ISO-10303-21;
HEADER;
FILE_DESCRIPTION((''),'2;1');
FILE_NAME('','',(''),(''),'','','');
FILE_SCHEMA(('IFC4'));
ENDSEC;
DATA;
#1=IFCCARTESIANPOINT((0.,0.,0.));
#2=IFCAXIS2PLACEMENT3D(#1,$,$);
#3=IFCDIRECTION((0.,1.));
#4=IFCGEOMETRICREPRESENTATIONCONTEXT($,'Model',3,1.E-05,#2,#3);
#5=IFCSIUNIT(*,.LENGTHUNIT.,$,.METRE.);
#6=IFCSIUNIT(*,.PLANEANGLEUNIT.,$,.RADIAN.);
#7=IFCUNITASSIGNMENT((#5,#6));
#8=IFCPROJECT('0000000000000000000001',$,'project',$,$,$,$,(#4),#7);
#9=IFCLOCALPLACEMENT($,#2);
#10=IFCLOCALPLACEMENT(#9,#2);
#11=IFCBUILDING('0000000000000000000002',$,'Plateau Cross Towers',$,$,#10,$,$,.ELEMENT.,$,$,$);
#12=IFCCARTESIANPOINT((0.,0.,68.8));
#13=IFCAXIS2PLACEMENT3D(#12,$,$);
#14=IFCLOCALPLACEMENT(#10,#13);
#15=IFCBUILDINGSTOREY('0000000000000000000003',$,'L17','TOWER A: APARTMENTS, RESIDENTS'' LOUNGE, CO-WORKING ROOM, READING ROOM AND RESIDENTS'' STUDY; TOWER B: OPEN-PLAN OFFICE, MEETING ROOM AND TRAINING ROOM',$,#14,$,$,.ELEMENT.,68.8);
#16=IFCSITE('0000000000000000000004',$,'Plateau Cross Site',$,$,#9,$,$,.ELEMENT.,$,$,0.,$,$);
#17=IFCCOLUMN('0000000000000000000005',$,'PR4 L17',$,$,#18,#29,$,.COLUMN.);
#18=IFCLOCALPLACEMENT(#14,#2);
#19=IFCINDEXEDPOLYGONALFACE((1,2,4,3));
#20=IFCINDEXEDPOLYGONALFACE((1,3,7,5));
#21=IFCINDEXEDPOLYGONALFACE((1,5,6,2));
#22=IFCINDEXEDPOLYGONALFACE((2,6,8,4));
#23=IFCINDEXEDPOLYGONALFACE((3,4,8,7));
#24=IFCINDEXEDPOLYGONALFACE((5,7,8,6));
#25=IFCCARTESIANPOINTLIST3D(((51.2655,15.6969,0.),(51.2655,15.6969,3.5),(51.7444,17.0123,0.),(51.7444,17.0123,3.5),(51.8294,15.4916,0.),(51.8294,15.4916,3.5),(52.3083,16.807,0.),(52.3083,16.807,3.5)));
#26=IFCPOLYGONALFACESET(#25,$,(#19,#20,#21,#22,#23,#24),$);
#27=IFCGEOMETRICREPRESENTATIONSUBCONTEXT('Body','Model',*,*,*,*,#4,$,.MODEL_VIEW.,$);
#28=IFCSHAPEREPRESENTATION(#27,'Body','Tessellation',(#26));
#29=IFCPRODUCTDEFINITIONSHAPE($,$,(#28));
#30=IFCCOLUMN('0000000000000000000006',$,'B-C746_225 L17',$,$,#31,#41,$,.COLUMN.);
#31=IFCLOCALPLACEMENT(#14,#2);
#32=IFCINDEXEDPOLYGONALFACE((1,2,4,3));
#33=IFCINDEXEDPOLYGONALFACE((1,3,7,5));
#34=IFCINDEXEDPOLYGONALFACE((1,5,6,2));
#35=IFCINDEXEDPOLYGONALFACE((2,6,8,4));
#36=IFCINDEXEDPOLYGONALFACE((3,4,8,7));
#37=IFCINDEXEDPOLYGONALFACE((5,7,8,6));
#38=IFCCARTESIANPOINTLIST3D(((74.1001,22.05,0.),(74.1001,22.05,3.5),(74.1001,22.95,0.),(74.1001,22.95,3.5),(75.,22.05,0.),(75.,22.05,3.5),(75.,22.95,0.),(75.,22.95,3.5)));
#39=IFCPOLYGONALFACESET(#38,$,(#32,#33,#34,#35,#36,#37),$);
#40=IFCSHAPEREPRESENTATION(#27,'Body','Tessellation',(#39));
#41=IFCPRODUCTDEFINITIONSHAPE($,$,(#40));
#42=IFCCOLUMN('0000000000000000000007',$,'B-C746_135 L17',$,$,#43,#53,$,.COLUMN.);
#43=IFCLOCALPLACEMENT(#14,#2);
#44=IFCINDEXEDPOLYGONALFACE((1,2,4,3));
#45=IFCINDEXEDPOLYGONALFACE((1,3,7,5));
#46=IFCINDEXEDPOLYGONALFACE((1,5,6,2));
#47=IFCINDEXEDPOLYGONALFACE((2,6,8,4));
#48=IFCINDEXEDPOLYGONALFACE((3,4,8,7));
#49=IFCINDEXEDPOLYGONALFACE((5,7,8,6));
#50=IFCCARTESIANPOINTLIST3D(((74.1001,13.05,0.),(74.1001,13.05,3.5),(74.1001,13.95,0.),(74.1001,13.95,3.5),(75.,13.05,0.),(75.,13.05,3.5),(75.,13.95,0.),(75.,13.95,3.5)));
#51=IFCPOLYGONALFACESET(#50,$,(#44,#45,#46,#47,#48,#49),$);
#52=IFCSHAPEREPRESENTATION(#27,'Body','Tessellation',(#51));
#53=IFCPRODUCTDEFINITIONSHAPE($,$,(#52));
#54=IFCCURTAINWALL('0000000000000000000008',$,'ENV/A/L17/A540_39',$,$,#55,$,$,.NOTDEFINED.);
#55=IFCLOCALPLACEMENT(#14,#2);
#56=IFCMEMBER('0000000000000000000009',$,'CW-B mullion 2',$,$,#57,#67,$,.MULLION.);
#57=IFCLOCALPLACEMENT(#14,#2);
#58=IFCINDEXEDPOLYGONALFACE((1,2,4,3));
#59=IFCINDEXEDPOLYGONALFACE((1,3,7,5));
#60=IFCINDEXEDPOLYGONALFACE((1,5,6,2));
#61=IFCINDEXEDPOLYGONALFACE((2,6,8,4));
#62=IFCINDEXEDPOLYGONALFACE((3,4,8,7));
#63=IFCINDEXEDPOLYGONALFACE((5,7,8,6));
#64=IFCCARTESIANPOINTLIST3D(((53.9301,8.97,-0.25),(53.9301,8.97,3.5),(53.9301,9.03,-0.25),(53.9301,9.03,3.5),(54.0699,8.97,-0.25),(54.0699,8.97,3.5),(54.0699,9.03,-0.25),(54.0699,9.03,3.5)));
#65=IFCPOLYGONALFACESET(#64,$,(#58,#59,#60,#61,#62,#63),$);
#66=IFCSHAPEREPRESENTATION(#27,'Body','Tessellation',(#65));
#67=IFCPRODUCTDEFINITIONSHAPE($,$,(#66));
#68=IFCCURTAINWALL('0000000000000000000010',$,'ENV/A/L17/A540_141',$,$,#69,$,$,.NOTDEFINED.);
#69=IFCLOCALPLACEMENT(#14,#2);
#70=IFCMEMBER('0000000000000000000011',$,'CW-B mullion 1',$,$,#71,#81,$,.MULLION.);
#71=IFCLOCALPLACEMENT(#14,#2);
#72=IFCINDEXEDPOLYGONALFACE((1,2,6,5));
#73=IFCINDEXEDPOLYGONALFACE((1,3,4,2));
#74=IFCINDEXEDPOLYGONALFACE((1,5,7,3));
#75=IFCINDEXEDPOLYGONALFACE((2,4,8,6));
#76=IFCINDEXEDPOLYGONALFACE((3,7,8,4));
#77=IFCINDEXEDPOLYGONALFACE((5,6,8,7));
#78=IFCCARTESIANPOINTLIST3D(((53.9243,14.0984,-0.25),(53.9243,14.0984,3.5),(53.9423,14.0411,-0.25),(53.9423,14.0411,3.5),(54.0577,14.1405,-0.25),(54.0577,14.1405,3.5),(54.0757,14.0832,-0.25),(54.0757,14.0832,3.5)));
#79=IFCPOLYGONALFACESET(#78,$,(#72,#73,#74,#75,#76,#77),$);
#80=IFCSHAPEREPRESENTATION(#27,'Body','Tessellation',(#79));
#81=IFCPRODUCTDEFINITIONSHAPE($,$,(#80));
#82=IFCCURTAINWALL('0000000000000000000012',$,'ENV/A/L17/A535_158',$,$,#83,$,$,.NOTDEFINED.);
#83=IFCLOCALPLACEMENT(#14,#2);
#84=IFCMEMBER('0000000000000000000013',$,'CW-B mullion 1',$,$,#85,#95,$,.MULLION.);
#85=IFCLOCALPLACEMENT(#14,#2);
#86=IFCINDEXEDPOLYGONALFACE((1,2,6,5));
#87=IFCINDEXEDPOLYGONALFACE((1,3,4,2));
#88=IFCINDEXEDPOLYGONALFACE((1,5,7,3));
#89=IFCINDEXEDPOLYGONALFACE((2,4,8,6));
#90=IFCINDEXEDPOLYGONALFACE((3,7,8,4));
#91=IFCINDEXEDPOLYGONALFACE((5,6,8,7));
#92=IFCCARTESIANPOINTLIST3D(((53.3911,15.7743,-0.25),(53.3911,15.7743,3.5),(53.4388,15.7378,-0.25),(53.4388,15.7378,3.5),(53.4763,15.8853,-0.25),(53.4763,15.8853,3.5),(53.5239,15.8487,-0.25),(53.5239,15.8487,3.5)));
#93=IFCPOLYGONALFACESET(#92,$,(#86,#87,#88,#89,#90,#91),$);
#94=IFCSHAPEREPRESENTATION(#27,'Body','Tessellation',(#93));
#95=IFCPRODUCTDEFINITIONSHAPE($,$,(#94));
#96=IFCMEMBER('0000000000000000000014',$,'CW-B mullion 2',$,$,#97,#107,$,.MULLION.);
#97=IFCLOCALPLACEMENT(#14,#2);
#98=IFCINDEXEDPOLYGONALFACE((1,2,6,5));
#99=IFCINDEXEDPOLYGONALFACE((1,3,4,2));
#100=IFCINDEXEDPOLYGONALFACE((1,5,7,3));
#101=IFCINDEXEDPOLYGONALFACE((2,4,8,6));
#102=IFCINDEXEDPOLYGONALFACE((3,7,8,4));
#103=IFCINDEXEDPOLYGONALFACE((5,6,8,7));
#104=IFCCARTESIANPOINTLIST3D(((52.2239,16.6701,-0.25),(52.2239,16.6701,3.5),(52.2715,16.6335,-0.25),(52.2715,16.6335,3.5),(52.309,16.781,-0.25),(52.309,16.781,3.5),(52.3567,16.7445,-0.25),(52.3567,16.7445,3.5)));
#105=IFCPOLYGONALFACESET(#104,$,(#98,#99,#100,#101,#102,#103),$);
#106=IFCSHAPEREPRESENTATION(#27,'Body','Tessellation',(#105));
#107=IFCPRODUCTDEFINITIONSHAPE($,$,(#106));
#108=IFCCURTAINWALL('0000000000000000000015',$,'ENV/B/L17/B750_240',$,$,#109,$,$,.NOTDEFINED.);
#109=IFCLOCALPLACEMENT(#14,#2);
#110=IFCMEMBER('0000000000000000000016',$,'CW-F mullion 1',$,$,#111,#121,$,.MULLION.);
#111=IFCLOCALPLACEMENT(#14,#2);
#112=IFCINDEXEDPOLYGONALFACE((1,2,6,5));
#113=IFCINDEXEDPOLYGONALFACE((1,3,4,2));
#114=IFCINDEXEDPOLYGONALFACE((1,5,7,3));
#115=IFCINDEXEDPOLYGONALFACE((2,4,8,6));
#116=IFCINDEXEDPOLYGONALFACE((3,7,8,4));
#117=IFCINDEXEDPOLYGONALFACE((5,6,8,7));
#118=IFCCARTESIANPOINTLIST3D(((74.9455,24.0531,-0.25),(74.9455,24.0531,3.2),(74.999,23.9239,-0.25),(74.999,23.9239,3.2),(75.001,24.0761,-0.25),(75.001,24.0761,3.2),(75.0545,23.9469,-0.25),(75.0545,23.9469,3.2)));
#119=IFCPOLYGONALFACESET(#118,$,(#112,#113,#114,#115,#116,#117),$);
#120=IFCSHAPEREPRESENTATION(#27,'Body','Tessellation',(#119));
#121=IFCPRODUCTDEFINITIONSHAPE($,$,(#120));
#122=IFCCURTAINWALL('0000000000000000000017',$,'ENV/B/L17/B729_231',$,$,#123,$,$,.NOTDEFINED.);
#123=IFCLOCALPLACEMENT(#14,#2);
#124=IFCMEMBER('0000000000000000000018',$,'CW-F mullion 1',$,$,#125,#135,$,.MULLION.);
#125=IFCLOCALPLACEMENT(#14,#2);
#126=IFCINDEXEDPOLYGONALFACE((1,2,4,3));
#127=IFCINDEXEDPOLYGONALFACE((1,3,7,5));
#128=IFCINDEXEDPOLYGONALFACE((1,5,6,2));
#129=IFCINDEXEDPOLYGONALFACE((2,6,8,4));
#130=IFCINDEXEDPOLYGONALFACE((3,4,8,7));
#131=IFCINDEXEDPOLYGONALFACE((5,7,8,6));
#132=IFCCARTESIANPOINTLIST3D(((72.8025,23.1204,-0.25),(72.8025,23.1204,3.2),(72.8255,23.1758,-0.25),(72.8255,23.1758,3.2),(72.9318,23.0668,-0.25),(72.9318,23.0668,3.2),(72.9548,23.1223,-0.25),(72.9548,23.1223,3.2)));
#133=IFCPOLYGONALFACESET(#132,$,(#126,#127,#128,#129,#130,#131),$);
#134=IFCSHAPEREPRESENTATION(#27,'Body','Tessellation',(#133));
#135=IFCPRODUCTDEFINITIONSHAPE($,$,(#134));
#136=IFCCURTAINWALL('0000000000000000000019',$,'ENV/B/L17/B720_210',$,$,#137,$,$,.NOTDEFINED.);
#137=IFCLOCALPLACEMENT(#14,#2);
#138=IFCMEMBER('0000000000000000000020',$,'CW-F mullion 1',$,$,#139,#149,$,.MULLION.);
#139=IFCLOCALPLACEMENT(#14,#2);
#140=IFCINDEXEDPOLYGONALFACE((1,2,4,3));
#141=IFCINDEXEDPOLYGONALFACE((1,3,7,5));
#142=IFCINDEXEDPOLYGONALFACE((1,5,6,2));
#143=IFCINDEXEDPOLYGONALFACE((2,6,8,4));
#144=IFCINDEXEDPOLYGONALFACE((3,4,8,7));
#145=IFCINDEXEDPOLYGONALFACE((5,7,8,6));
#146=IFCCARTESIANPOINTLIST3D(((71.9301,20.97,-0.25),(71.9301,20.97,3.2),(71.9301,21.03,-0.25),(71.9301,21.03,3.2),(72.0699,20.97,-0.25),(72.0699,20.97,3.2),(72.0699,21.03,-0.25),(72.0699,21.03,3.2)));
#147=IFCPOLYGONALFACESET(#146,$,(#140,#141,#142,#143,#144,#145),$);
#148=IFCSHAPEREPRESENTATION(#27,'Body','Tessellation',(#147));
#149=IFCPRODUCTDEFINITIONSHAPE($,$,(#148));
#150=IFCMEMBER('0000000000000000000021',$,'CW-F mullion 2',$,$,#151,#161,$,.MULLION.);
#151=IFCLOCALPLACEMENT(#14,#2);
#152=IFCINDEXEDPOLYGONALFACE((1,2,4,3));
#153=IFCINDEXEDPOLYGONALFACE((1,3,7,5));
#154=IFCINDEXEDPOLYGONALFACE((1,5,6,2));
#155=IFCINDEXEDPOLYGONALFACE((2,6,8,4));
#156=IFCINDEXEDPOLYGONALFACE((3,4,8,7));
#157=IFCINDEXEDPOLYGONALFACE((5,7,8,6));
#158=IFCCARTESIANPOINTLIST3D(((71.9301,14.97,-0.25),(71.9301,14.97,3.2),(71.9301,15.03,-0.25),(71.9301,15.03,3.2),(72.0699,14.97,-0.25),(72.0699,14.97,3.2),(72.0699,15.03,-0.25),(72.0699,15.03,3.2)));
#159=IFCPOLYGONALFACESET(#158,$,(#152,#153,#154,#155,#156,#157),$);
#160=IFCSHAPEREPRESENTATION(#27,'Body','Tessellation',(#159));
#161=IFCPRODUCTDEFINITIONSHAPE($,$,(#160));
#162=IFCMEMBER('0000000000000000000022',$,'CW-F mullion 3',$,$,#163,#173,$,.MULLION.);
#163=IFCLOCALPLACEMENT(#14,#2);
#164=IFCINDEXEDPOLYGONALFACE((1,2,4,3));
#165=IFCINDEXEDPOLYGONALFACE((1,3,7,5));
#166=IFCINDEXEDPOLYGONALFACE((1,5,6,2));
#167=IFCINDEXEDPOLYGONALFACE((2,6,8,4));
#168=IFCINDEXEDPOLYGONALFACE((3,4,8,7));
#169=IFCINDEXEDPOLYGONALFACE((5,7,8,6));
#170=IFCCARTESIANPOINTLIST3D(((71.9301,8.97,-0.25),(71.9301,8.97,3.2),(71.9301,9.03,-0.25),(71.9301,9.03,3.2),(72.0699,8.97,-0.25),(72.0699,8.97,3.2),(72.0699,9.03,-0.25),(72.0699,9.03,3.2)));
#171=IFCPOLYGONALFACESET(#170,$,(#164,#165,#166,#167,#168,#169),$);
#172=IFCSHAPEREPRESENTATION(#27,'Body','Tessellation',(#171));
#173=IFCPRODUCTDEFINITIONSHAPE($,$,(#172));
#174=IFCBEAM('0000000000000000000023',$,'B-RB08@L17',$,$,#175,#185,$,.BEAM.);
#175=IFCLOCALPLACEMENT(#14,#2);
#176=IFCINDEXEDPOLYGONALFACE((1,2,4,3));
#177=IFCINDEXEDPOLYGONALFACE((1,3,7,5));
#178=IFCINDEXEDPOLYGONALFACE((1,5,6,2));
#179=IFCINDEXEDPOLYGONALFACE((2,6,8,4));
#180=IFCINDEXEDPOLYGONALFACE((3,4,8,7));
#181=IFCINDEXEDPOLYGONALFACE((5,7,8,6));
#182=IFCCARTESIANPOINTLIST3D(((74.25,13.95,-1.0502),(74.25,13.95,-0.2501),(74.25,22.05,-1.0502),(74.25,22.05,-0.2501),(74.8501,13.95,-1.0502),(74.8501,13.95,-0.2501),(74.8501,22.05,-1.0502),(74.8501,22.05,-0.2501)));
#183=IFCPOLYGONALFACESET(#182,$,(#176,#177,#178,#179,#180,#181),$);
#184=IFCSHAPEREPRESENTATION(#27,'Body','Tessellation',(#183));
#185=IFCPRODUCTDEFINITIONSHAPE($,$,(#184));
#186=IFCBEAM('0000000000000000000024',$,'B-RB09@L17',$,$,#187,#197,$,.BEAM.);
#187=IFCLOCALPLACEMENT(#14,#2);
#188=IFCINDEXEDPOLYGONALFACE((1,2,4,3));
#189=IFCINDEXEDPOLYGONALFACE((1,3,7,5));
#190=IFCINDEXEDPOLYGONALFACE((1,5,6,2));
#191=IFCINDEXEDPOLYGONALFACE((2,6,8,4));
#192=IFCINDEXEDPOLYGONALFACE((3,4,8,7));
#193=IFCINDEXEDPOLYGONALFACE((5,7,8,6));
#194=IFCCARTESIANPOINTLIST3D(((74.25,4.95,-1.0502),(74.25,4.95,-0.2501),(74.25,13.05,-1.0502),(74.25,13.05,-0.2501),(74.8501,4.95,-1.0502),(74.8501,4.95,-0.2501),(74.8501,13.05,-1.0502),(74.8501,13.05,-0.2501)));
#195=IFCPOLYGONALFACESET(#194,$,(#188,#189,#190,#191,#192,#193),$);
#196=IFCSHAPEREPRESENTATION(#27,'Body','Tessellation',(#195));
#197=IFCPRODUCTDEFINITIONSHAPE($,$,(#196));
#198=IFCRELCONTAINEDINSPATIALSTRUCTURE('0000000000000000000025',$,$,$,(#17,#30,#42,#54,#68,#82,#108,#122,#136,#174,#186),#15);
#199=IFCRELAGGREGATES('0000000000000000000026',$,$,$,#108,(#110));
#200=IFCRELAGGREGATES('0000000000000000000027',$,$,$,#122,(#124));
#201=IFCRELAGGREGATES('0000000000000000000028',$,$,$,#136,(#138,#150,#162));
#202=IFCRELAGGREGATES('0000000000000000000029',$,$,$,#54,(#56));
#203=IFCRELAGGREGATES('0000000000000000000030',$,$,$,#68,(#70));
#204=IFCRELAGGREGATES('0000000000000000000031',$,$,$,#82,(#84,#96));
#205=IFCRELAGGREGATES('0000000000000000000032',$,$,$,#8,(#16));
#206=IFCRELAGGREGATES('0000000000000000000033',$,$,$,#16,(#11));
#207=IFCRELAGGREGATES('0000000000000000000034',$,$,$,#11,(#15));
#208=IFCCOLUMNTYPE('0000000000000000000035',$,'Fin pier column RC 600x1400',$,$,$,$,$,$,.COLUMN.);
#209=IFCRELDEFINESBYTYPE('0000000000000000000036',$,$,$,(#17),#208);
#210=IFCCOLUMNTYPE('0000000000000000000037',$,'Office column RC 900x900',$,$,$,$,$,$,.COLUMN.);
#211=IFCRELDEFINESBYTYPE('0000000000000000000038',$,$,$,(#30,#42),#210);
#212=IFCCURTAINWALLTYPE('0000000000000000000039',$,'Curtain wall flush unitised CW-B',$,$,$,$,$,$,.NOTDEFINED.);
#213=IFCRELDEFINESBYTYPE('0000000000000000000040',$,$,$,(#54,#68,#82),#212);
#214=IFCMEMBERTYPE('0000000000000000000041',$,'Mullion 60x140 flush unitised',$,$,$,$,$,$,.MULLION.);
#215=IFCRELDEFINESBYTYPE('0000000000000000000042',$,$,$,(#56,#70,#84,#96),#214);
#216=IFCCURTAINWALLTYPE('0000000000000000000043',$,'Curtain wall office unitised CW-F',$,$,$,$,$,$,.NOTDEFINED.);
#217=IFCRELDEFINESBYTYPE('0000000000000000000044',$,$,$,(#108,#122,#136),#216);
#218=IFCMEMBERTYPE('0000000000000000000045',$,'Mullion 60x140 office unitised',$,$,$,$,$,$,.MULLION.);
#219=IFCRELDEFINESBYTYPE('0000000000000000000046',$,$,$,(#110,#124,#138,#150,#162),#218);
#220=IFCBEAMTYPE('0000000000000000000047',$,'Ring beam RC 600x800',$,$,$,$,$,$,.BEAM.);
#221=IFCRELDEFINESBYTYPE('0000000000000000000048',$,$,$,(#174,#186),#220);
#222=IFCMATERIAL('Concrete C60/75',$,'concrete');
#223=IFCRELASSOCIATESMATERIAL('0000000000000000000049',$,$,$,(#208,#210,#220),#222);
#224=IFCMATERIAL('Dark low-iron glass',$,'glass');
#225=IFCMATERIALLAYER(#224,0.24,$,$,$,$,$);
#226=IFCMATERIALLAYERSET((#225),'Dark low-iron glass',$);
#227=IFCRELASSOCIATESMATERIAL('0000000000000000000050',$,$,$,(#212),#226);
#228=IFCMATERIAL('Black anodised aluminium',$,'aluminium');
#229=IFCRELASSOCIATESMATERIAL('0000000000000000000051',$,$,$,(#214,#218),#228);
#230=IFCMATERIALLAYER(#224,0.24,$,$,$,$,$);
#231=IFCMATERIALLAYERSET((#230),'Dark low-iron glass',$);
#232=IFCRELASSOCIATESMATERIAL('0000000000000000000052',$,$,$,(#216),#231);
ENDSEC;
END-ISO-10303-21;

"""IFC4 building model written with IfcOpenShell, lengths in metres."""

from ifc_helpers import new_model, si_unit, direction, frame, origin, origin_2d, place, context, subcontext, project, spatial, rectangle, extrude, material, layer, layer_set, material_profile, profile_set, type_object, element, aggregate, save


model = new_model("IFC4")

# Units and contexts
model_context = context("Model", 3, precision=1e-05, world=origin(), true_north=direction((0.0, 1.0)))
body_context = subcontext(model_context, "Body", "Model", "MODEL_VIEW")
ifc_project = project(units=[si_unit("LENGTHUNIT", "METRE"), si_unit("PLANEANGLEUNIT", "RADIAN")], contexts=[model_context])

# Site, building, storey
site_placement = place(None, origin())
site = spatial("IfcSite", under=ifc_project, at=site_placement, Name="Plateau Cross Site", CompositionType="ELEMENT", RefElevation=0.0)
building_placement = place(site_placement, origin())
building = spatial("IfcBuilding", under=site, at=building_placement, Name="Plateau Cross Towers", CompositionType="ELEMENT")
storey_placement = place(building_placement, frame((0.0, 0.0, 68.8)))
storey = spatial("IfcBuildingStorey", under=building, at=storey_placement, Name="L17", Description="TOWER A: APARTMENTS, RESIDENTS' LOUNGE, CO-WORKING ROOM, READING ROOM AND RESIDENTS' STUDY; TOWER B: OPEN-PLAN OFFICE, MEETING ROOM AND TRAINING ROOM", CompositionType="ELEMENT", Elevation=68.8)

# Columns
ifc_material_1 = material(Name="Concrete C60/75", Category="concrete")
ifc_material_profile_1 = material_profile(ifc_material_1, rectangle(XDim=0.6001, YDim=1.3999, at=origin_2d()), Name="RC 600x1400")
ifc_profile_set_1 = profile_set([ifc_material_profile_1], Name="Concrete C60/75")
column_type_1 = type_object("IfcColumnType", Name="Fin pier column RC 600x1400", PredefinedType="COLUMN", material=ifc_profile_set_1)
column_placement = place(storey_placement, frame((51.7869, 16.252, 0.0), z_axis=(0.0, 0.0, 1.0), x_axis=(-0.939664, 0.342098, 0.0)))
element("IfcColumn", 1, at=column_placement, inside=storey, type_object=column_type_1, Name="PR4 L17", PredefinedType="COLUMN", context=body_context, shape_type="SweptSolid", body=[
    extrude(rectangle(XDim=0.6001, YDim=1.3999, at=origin_2d()), origin(), (0.0, 0.0, 1.0), 3.5),
])
ifc_material_profile_2 = material_profile(ifc_material_1, rectangle(XDim=0.8999, YDim=0.8999, at=origin_2d()), Name="RC 900x900")
ifc_profile_set_2 = profile_set([ifc_material_profile_2], Name="Concrete C60/75")
column_type_2 = type_object("IfcColumnType", Name="Office column RC 900x900", PredefinedType="COLUMN", material=ifc_profile_set_2)
for number, where, z_axis, x_axis, name in (
    (2, (74.55, 22.5, 0.0), (0.0, 0.0, 1.0), (1.0, 0.0, 0.0), "B-C746_225 L17"),
    (3, (74.55, 13.5, 0.0), (0.0, 0.0, 1.0), (1.0, 0.0, 0.0), "B-C746_135 L17"),
):
    element("IfcColumn", number, at=place(storey_placement, frame(where, z_axis=z_axis, x_axis=x_axis)), inside=storey, type_object=column_type_2, Name=name, PredefinedType="COLUMN", context=body_context, shape_type="SweptSolid", body=[
        extrude(rectangle(XDim=0.8999, YDim=0.8999, at=origin_2d()), origin(), (0.0, 0.0, 1.0), 3.5),
    ])

# Curtain walls, members
ifc_material_2 = material(Name="Dark low-iron glass", Category="glass")
ifc_layer_1 = layer(ifc_material_2, 0.24)
ifc_layer_set_1 = layer_set([ifc_layer_1], Name="Dark low-iron glass")
curtain_wall_type_1 = type_object("IfcCurtainWallType", Name="Curtain wall flush unitised CW-B", PredefinedType="NOTDEFINED", material=ifc_layer_set_1)
curtain_wall_1_placement = place(storey_placement, origin())
curtain_wall_1 = element("IfcCurtainWall", 4, at=curtain_wall_1_placement, inside=storey, type_object=curtain_wall_type_1, Name="ENV/A/L17/A540_39", PredefinedType="NOTDEFINED")
ifc_material_3 = material(Name="Black anodised aluminium", Category="aluminium")
ifc_material_profile_3 = material_profile(ifc_material_3, rectangle(XDim=0.0601, YDim=0.1399, at=origin_2d()), Name="MULLION 60x140")
ifc_profile_set_3 = profile_set([ifc_material_profile_3], Name="Black anodised aluminium")
member_type_1 = type_object("IfcMemberType", Name="Mullion 60x140 flush unitised", PredefinedType="MULLION", material=ifc_profile_set_3)
member_1_placement = place(storey_placement, frame((54.0, 9.0, -0.25), z_axis=(0.0, 0.0, 1.0), x_axis=(0.0, 1.0, 0.0)))
member_1 = element("IfcMember", 5, at=member_1_placement, type_object=member_type_1, Name="CW-B mullion 2", PredefinedType="MULLION", context=body_context, shape_type="SweptSolid", body=[
    extrude(rectangle(XDim=0.0601, YDim=0.1399, at=origin_2d()), origin(), (0.0, 0.0, 1.0), 3.75),
])
curtain_wall_2_placement = place(storey_placement, origin())
curtain_wall_2 = element("IfcCurtainWall", 6, at=curtain_wall_2_placement, inside=storey, type_object=curtain_wall_type_1, Name="ENV/A/L17/A540_141", PredefinedType="NOTDEFINED")
member_2_placement = place(storey_placement, frame((54.0, 14.0908, -0.25), z_axis=(0.0, 0.0, 1.0), x_axis=(-0.300686, 0.953723, 0.0)))
member_2 = element("IfcMember", 7, at=member_2_placement, type_object=member_type_1, Name="CW-B mullion 1", PredefinedType="MULLION", context=body_context, shape_type="SweptSolid", body=[
    extrude(rectangle(XDim=0.0601, YDim=0.1399, at=origin_2d()), origin(), (0.0, 0.0, 1.0), 3.75),
])

# Curtain wall, members
curtain_wall_3_placement = place(storey_placement, origin())
curtain_wall_3 = element("IfcCurtainWall", 8, at=curtain_wall_3_placement, inside=storey, type_object=curtain_wall_type_1, Name="ENV/A/L17/A535_158", PredefinedType="NOTDEFINED")
member_3_placement = place(storey_placement, frame((53.4575, 15.8115, -0.25), z_axis=(0.0, 0.0, 1.0), x_axis=(-0.793316, 0.608811, 0.0)))
member_3 = element("IfcMember", 9, at=member_3_placement, type_object=member_type_1, Name="CW-B mullion 1", PredefinedType="MULLION", context=body_context, shape_type="SweptSolid", body=[
    extrude(rectangle(XDim=0.0601, YDim=0.1399, at=origin_2d()), origin(), (0.0, 0.0, 1.0), 3.75),
])
member_4_placement = place(storey_placement, frame((52.2903, 16.7073, -0.25), z_axis=(0.0, 0.0, 1.0), x_axis=(-0.793316, 0.608811, 0.0)))
member_4 = element("IfcMember", 10, at=member_4_placement, type_object=member_type_1, Name="CW-B mullion 2", PredefinedType="MULLION", context=body_context, shape_type="SweptSolid", body=[
    extrude(rectangle(XDim=0.0601, YDim=0.1399, at=origin_2d()), origin(), (0.0, 0.0, 1.0), 3.75),
])

# Curtain walls, members
ifc_layer_2 = layer(ifc_material_2, 0.24)
ifc_layer_set_2 = layer_set([ifc_layer_2], Name="Dark low-iron glass")
curtain_wall_type_2 = type_object("IfcCurtainWallType", Name="Curtain wall office unitised CW-F", PredefinedType="NOTDEFINED", material=ifc_layer_set_2)
curtain_wall_4_placement = place(storey_placement, origin())
curtain_wall_4 = element("IfcCurtainWall", 11, at=curtain_wall_4_placement, inside=storey, type_object=curtain_wall_type_2, Name="ENV/B/L17/B750_240", PredefinedType="NOTDEFINED")
ifc_material_profile_4 = material_profile(ifc_material_3, rectangle(XDim=0.0601, YDim=0.1399, at=origin_2d()), Name="MULLION 60x140")
ifc_profile_set_4 = profile_set([ifc_material_profile_4], Name="Black anodised aluminium")
member_type_2 = type_object("IfcMemberType", Name="Mullion 60x140 office unitised", PredefinedType="MULLION", material=ifc_profile_set_4)
member_5_placement = place(storey_placement, frame((75.0, 24.0, -0.25), z_axis=(0.0, 0.0, 1.0), x_axis=(-0.923879, -0.382684, 0.0)))
member_5 = element("IfcMember", 12, at=member_5_placement, type_object=member_type_2, Name="CW-F mullion 1", PredefinedType="MULLION", context=body_context, shape_type="SweptSolid", body=[
    extrude(rectangle(XDim=0.0601, YDim=0.1399, at=origin_2d()), origin(), (0.0, 0.0, 1.0), 3.45),
])
curtain_wall_5_placement = place(storey_placement, origin())
curtain_wall_5 = element("IfcCurtainWall", 13, at=curtain_wall_5_placement, inside=storey, type_object=curtain_wall_type_2, Name="ENV/B/L17/B729_231", PredefinedType="NOTDEFINED")
member_6_placement = place(storey_placement, frame((72.8787, 23.1213, -0.25), z_axis=(0.0, 0.0, 1.0), x_axis=(-0.382684, -0.923879, 0.0)))
member_6 = element("IfcMember", 14, at=member_6_placement, type_object=member_type_2, Name="CW-F mullion 1", PredefinedType="MULLION", context=body_context, shape_type="SweptSolid", body=[
    extrude(rectangle(XDim=0.0601, YDim=0.1399, at=origin_2d()), origin(), (0.0, 0.0, 1.0), 3.45),
])

# Curtain wall, members
curtain_wall_6_placement = place(storey_placement, origin())
curtain_wall_6 = element("IfcCurtainWall", 15, at=curtain_wall_6_placement, inside=storey, type_object=curtain_wall_type_2, Name="ENV/B/L17/B720_210", PredefinedType="NOTDEFINED")
member_7_placement = place(storey_placement, frame((72.0, 21.0, -0.25), z_axis=(0.0, 0.0, 1.0), x_axis=(0.0, -1.0, 0.0)))
member_7 = element("IfcMember", 16, at=member_7_placement, type_object=member_type_2, Name="CW-F mullion 1", PredefinedType="MULLION", context=body_context, shape_type="SweptSolid", body=[
    extrude(rectangle(XDim=0.0601, YDim=0.1399, at=origin_2d()), origin(), (0.0, 0.0, 1.0), 3.45),
])
member_8_placement = place(storey_placement, frame((72.0, 15.0, -0.25), z_axis=(0.0, 0.0, 1.0), x_axis=(0.0, -1.0, 0.0)))
member_8 = element("IfcMember", 17, at=member_8_placement, type_object=member_type_2, Name="CW-F mullion 2", PredefinedType="MULLION", context=body_context, shape_type="SweptSolid", body=[
    extrude(rectangle(XDim=0.0601, YDim=0.1399, at=origin_2d()), origin(), (0.0, 0.0, 1.0), 3.45),
])
member_9_placement = place(storey_placement, frame((72.0, 9.0, -0.25), z_axis=(0.0, 0.0, 1.0), x_axis=(0.0, -1.0, 0.0)))
member_9 = element("IfcMember", 18, at=member_9_placement, type_object=member_type_2, Name="CW-F mullion 3", PredefinedType="MULLION", context=body_context, shape_type="SweptSolid", body=[
    extrude(rectangle(XDim=0.0601, YDim=0.1399, at=origin_2d()), origin(), (0.0, 0.0, 1.0), 3.45),
])

# Beams
ifc_material_profile_5 = material_profile(ifc_material_1, rectangle(XDim=0.6001, YDim=0.8, at=origin_2d()), Name="RC 600x800")
ifc_profile_set_5 = profile_set([ifc_material_profile_5], Name="Concrete C60/75")
beam_type = type_object("IfcBeamType", Name="Ring beam RC 600x800", PredefinedType="BEAM", material=ifc_profile_set_5)
for number, where, z_axis, x_axis, name in (
    (19, (74.55, 22.05, -0.6501), (0.0, -1.0, 0.0), (1.0, 0.0, 0.0), "B-RB08@L17"),
    (20, (74.55, 13.05, -0.6501), (0.0, -1.0, 0.0), (1.0, 0.0, 0.0), "B-RB09@L17"),
):
    element("IfcBeam", number, at=place(storey_placement, frame(where, z_axis=z_axis, x_axis=x_axis)), inside=storey, type_object=beam_type, Name=name, PredefinedType="BEAM", context=body_context, shape_type="SweptSolid", body=[
        extrude(rectangle(XDim=0.6001, YDim=0.8, at=origin_2d()), origin(), (0.0, 0.0, 1.0), 8.1001),
    ])

aggregate(curtain_wall_4, [member_5])
aggregate(curtain_wall_5, [member_6])
aggregate(curtain_wall_6, [member_7, member_8, member_9])
aggregate(curtain_wall_1, [member_1])
aggregate(curtain_wall_2, [member_2])
aggregate(curtain_wall_3, [member_3, member_4])

save(model, "model.ifc")
